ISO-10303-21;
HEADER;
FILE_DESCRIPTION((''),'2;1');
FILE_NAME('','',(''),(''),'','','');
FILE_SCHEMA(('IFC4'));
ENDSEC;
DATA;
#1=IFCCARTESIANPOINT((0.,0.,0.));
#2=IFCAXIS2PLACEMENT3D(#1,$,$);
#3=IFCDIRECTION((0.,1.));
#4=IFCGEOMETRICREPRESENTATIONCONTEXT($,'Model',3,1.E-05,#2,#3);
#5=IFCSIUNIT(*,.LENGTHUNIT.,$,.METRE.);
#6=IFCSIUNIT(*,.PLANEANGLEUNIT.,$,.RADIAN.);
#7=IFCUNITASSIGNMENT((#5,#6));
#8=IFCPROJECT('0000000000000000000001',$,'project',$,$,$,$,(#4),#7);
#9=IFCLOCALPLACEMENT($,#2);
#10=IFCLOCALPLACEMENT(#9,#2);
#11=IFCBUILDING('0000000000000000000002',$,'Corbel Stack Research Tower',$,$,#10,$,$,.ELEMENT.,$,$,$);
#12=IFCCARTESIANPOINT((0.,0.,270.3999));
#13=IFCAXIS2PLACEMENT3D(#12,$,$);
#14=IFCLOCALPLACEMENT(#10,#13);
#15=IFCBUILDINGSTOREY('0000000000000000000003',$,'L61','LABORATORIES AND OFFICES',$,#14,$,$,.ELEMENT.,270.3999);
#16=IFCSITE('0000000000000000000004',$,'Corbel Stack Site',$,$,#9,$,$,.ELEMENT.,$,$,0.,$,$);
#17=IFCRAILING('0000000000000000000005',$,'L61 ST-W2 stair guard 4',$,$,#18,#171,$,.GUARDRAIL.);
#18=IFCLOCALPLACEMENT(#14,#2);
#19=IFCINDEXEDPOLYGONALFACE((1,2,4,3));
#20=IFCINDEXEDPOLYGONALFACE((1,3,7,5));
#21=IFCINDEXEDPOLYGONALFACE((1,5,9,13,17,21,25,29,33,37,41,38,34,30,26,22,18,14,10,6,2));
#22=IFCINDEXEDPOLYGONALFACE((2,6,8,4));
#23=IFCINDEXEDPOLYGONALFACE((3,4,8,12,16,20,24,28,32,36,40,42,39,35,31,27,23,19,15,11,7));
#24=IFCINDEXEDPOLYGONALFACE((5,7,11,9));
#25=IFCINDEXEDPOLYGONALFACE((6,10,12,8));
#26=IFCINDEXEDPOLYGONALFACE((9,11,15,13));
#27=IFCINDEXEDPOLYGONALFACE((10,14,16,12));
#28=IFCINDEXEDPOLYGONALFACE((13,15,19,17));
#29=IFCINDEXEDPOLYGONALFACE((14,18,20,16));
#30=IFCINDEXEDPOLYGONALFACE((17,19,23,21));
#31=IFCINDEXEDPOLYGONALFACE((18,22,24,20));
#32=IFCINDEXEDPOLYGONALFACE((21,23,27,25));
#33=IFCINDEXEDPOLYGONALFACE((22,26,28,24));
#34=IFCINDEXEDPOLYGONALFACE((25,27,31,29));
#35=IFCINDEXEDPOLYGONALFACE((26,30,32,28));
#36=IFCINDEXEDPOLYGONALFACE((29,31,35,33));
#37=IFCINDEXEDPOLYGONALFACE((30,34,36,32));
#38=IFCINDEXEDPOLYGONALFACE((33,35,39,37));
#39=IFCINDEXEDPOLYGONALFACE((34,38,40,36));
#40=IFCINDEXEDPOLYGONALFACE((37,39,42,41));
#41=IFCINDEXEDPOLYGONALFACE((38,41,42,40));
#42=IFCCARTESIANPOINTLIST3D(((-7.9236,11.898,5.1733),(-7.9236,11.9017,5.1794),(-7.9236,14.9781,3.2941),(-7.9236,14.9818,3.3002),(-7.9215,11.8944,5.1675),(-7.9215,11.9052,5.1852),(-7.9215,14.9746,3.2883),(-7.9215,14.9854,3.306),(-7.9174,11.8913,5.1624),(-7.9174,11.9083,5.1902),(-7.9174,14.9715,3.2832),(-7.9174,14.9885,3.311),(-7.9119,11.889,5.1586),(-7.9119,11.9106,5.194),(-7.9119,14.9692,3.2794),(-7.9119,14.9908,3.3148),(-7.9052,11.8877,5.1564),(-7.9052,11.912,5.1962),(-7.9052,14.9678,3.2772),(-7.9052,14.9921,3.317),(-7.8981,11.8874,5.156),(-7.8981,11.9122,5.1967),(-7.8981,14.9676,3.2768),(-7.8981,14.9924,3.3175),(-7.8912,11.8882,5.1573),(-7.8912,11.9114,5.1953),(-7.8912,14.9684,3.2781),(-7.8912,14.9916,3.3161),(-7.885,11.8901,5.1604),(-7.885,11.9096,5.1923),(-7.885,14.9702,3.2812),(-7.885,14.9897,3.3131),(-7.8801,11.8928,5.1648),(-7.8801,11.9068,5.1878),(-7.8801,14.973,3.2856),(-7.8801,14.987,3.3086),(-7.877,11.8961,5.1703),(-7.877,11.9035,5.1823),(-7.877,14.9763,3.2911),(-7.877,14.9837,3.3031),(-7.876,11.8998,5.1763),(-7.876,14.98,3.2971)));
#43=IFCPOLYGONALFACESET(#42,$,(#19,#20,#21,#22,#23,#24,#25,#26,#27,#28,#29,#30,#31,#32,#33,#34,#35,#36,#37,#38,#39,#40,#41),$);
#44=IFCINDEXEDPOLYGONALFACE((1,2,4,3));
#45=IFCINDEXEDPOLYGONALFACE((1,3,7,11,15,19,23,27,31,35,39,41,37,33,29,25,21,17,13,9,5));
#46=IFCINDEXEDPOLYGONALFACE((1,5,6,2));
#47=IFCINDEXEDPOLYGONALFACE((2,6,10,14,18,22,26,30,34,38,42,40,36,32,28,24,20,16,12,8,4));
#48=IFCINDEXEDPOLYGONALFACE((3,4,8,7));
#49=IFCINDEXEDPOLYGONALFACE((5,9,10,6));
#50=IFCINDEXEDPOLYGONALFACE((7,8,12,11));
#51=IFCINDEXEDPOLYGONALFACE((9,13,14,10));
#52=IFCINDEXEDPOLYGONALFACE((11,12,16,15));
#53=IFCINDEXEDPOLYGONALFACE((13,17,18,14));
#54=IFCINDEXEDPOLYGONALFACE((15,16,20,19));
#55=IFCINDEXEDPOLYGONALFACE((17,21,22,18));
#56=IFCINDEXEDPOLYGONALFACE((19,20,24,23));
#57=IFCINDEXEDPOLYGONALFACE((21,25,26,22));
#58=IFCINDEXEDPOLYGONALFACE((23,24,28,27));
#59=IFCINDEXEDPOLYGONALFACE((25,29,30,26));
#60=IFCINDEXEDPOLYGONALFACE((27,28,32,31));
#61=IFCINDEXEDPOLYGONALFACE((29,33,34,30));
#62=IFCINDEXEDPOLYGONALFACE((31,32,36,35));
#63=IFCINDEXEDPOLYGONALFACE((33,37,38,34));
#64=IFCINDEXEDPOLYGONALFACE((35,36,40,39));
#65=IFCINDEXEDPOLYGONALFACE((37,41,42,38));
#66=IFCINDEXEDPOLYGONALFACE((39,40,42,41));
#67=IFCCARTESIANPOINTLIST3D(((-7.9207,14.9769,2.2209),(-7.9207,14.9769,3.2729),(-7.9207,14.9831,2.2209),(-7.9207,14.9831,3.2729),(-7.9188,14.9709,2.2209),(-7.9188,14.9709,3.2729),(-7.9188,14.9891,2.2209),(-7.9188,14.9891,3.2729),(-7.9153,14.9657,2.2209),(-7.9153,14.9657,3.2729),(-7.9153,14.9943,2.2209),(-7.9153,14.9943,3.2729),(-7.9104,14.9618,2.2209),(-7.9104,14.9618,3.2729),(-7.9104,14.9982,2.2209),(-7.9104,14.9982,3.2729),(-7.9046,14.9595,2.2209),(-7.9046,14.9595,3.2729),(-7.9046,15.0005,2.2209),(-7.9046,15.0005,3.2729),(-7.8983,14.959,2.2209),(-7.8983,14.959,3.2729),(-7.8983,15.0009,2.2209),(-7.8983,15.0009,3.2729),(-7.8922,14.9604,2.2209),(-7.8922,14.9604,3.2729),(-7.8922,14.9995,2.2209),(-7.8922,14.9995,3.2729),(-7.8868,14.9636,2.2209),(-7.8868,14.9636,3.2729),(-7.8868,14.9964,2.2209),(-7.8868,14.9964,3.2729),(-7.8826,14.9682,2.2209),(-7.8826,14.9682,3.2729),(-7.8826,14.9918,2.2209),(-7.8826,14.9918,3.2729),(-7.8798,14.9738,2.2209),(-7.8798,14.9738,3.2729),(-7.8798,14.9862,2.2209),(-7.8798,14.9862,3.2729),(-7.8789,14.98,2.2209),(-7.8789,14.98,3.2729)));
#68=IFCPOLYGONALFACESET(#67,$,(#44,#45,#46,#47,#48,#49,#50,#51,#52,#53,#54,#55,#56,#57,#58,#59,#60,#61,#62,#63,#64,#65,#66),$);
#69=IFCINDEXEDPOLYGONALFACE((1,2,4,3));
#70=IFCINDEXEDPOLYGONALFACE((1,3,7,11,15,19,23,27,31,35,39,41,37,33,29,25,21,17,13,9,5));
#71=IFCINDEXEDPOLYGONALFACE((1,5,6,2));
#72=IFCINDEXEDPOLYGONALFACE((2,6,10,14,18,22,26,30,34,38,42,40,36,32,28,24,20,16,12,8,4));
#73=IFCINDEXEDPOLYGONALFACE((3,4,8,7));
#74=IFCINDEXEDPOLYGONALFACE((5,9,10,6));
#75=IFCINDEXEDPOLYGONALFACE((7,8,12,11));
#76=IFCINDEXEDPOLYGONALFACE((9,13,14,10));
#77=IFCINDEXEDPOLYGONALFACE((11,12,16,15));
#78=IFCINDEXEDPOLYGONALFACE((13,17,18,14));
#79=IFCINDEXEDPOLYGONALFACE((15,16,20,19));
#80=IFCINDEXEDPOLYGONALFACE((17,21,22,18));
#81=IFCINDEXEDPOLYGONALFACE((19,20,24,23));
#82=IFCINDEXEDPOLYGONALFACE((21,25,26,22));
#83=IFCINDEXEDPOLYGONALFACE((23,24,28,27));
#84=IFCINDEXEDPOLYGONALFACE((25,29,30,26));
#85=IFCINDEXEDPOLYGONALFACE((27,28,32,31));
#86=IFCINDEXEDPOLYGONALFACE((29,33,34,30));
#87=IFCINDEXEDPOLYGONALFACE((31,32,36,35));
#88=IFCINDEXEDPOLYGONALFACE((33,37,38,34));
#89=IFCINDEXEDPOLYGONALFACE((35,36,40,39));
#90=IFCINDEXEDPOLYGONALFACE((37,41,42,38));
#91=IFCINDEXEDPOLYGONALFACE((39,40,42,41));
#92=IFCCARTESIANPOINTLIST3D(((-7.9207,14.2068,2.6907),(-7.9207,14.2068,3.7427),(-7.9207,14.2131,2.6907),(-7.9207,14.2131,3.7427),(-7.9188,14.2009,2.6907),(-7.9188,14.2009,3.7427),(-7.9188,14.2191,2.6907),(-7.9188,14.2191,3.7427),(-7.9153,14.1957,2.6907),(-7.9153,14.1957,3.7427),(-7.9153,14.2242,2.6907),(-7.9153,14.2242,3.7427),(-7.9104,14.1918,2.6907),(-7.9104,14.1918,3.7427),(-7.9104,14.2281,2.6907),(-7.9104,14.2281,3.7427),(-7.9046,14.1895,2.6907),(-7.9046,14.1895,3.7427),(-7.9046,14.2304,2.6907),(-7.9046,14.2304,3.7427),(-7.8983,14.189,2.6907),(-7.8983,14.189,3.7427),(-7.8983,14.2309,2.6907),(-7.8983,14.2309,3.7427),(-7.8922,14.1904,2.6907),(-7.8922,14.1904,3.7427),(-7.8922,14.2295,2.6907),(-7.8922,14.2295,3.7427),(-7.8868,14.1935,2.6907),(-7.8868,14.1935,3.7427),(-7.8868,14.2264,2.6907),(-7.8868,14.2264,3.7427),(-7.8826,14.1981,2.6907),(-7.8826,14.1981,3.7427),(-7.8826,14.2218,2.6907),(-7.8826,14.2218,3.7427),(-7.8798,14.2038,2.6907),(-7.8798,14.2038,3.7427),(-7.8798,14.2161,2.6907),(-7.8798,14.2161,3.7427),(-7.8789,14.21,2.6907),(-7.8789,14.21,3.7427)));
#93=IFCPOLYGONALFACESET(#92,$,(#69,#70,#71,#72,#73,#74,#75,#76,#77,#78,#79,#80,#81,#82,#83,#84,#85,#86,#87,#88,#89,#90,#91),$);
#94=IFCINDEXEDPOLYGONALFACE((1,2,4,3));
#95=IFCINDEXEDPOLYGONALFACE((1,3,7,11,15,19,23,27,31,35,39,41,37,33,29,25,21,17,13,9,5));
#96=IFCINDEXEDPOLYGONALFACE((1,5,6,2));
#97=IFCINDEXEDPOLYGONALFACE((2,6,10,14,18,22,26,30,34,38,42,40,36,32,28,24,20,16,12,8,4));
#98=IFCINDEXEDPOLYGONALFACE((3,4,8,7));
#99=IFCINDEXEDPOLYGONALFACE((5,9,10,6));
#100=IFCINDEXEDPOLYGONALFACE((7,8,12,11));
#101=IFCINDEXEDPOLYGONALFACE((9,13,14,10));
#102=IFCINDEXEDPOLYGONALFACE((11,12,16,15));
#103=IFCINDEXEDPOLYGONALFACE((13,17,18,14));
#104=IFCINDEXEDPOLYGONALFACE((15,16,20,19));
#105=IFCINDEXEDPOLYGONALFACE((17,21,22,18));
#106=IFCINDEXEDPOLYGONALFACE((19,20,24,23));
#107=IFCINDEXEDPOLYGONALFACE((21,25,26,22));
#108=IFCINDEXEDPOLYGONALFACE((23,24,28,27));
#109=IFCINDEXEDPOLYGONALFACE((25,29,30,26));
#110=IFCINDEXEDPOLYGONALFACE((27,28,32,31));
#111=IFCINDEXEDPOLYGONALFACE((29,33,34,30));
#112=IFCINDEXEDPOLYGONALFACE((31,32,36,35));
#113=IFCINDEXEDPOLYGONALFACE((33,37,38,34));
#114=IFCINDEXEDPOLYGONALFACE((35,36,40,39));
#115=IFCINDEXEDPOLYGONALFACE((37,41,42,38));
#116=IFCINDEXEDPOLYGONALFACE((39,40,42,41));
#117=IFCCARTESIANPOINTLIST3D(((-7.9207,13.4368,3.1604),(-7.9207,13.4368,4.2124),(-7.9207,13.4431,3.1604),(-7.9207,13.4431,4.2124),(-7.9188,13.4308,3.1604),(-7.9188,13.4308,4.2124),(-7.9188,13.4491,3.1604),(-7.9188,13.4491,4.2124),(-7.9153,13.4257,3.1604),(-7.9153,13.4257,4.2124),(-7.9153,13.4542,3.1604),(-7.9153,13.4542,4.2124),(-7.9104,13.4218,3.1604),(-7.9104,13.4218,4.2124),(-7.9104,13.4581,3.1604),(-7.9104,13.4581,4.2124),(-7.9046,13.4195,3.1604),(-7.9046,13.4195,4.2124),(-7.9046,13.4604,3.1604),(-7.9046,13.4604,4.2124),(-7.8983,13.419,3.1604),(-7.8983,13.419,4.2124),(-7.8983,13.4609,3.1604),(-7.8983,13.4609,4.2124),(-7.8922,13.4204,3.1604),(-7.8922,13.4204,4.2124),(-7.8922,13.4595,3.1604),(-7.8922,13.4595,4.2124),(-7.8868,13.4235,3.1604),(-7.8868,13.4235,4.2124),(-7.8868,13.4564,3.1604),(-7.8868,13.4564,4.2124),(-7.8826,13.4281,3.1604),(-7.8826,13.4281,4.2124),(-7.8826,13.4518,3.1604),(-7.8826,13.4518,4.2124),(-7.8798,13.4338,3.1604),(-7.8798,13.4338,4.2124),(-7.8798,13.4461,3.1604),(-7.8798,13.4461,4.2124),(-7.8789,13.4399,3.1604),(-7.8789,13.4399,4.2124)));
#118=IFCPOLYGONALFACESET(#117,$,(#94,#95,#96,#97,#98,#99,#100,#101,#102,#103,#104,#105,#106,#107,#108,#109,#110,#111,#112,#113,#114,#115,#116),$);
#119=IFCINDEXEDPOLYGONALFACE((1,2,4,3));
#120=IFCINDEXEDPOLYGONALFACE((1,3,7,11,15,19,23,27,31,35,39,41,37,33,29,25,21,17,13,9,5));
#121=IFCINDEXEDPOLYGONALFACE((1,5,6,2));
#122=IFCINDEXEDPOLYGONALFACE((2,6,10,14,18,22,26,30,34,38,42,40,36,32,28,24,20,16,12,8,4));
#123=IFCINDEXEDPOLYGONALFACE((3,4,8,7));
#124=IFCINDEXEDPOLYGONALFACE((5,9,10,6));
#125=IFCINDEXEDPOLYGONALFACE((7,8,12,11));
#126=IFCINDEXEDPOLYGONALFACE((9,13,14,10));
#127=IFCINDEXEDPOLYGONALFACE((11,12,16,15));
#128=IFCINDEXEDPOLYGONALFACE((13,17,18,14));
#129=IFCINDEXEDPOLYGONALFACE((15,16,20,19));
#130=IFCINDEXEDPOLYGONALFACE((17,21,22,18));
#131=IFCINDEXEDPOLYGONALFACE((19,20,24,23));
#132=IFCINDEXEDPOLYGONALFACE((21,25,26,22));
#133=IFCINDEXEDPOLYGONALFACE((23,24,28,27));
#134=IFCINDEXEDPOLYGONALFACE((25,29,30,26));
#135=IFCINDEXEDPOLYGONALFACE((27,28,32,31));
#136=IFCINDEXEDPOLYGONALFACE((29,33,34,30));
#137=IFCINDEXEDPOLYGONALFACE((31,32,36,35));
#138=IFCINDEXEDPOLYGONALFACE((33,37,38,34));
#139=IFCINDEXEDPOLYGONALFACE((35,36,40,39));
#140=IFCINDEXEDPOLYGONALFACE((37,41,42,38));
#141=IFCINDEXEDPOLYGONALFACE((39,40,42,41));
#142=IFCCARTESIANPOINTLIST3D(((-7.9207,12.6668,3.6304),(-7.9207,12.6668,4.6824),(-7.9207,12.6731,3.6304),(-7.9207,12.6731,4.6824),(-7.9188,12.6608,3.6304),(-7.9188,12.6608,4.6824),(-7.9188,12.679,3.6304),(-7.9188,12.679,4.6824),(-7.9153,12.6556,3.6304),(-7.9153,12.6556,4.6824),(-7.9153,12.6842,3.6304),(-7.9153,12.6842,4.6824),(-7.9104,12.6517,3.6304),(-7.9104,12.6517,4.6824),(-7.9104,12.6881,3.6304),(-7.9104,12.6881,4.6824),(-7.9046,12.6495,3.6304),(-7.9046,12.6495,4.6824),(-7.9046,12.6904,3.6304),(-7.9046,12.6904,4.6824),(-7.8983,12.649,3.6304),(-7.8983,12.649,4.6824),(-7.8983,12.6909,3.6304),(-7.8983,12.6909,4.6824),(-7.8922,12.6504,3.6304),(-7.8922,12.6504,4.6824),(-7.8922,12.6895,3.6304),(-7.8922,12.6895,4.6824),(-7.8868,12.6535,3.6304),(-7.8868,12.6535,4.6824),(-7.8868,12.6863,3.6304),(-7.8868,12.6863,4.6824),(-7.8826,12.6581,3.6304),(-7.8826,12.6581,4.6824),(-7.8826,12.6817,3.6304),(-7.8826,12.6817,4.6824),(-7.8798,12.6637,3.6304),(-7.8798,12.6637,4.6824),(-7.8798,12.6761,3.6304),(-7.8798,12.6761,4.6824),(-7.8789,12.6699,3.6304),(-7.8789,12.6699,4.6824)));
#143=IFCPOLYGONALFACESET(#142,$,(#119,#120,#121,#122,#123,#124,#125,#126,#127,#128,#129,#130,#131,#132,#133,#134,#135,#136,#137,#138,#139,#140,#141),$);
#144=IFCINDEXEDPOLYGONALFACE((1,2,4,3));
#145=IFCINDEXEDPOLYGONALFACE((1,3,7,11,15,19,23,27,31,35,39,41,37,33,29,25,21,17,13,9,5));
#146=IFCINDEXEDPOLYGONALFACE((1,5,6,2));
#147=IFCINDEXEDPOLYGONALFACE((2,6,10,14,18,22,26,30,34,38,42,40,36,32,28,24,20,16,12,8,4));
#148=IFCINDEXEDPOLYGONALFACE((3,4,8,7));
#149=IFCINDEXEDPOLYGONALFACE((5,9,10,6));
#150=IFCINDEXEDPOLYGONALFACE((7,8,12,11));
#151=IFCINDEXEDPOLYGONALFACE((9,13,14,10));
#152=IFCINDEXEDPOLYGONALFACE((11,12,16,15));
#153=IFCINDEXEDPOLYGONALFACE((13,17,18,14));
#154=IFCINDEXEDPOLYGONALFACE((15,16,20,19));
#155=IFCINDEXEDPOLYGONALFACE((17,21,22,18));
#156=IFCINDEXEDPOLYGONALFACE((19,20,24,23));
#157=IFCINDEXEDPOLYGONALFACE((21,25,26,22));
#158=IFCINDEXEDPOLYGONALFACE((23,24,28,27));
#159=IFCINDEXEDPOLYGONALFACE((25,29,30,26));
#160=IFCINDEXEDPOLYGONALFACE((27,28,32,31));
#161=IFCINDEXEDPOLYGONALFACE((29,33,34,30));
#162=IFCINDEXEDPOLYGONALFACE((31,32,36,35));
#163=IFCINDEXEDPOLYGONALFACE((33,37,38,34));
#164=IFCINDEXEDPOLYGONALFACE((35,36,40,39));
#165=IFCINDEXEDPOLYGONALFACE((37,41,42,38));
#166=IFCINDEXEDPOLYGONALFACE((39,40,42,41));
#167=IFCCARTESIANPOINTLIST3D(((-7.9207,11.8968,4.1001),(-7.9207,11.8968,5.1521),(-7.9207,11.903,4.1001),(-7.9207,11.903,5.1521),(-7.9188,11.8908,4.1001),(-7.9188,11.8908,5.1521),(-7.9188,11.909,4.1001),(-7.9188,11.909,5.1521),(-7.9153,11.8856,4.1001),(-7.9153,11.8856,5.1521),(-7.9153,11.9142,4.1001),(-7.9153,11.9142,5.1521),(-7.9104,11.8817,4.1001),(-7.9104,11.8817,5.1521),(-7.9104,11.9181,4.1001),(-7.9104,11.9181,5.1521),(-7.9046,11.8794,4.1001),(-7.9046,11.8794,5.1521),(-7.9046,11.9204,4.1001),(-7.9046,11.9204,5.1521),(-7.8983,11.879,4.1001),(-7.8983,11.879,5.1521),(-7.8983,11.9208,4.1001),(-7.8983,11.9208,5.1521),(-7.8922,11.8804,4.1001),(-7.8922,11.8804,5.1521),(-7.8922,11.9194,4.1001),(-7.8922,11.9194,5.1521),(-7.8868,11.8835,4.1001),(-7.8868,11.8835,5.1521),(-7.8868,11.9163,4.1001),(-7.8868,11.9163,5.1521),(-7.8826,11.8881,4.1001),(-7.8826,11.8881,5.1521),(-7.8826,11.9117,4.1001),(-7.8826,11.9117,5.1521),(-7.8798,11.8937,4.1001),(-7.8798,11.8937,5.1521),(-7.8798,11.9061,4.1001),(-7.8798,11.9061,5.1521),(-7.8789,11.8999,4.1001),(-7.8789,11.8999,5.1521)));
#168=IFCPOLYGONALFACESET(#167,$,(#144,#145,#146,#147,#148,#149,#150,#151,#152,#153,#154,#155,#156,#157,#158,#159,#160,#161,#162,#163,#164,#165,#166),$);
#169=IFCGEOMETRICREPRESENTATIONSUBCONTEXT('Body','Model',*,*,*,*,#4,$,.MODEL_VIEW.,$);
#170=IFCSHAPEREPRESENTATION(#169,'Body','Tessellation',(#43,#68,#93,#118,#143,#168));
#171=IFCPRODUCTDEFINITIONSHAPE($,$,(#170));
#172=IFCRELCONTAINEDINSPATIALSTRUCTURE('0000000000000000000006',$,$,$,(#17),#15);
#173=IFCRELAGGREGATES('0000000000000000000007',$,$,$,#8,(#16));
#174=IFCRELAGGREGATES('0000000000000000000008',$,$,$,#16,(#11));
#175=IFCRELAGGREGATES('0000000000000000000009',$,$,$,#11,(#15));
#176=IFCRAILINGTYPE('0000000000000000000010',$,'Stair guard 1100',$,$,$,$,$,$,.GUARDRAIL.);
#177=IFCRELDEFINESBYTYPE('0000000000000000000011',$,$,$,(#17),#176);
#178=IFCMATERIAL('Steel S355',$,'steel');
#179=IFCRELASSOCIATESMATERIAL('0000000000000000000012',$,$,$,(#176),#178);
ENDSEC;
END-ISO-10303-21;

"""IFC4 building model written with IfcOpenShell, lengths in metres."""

from ifc_helpers import new_model, si_unit, direction, frame, origin, origin_2d, place, context, subcontext, project, spatial, circle, extrude, material, type_object, element, save


model = new_model("IFC4")

# Units and contexts
model_context = context("Model", 3, precision=1e-05, world=origin(), true_north=direction((0.0, 1.0)))
body_context = subcontext(model_context, "Body", "Model", "MODEL_VIEW")
ifc_project = project(units=[si_unit("LENGTHUNIT", "METRE"), si_unit("PLANEANGLEUNIT", "RADIAN")], contexts=[model_context])

# Site, building, storey
site_placement = place(None, origin())
site = spatial("IfcSite", under=ifc_project, at=site_placement, Name="Corbel Stack Site", CompositionType="ELEMENT", RefElevation=0.0)
building_placement = place(site_placement, origin())
building = spatial("IfcBuilding", under=site, at=building_placement, Name="Corbel Stack Research Tower", CompositionType="ELEMENT")
storey_placement = place(building_placement, frame((0.0, 0.0, 270.3999)))
storey = spatial("IfcBuildingStorey", under=building, at=storey_placement, Name="L61", Description="LABORATORIES AND OFFICES", CompositionType="ELEMENT", Elevation=270.3999)

# Railing
ifc_material_1 = material(Name="Steel S355", Category="steel")
railing_type = type_object("IfcRailingType", Name="Stair guard 1100", PredefinedType="GUARDRAIL", material=ifc_material_1)
railing_1_placement = place(storey_placement, frame((-7.8999, 14.98, 2.2209)))
element("IfcRailing", 1, at=railing_1_placement, inside=storey, type_object=railing_type, Name="L61 ST-W2 stair guard 4", PredefinedType="GUARDRAIL", context=body_context, shape_type="SweptSolid", body=[
    extrude(circle(Radius=0.0239, at=origin_2d()), frame((0.0, 0.0, 1.0762), z_axis=(0.0, -0.853666, 0.52082), x_axis=(1.0, 0.0, 0.0)), (0.0, 0.0, 1.0), 3.6082),
    extrude(circle(Radius=0.021, at=origin_2d()), origin(), (0.0, 0.0, 1.0), 1.052),
    extrude(circle(Radius=0.021, at=origin_2d()), frame((0.0, -0.77, 0.4697)), (0.0, 0.0, 1.0), 1.052),
    extrude(circle(Radius=0.021, at=origin_2d()), frame((0.0, -1.54, 0.9395)), (0.0, 0.0, 1.0), 1.052),
    extrude(circle(Radius=0.021, at=origin_2d()), frame((0.0, -2.3101, 1.4094)), (0.0, 0.0, 1.0), 1.052),
    extrude(circle(Radius=0.021, at=origin_2d()), frame((0.0, -3.0801, 1.8792)), (0.0, 0.0, 1.0), 1.052),
])

save(model, "model.ifc")
